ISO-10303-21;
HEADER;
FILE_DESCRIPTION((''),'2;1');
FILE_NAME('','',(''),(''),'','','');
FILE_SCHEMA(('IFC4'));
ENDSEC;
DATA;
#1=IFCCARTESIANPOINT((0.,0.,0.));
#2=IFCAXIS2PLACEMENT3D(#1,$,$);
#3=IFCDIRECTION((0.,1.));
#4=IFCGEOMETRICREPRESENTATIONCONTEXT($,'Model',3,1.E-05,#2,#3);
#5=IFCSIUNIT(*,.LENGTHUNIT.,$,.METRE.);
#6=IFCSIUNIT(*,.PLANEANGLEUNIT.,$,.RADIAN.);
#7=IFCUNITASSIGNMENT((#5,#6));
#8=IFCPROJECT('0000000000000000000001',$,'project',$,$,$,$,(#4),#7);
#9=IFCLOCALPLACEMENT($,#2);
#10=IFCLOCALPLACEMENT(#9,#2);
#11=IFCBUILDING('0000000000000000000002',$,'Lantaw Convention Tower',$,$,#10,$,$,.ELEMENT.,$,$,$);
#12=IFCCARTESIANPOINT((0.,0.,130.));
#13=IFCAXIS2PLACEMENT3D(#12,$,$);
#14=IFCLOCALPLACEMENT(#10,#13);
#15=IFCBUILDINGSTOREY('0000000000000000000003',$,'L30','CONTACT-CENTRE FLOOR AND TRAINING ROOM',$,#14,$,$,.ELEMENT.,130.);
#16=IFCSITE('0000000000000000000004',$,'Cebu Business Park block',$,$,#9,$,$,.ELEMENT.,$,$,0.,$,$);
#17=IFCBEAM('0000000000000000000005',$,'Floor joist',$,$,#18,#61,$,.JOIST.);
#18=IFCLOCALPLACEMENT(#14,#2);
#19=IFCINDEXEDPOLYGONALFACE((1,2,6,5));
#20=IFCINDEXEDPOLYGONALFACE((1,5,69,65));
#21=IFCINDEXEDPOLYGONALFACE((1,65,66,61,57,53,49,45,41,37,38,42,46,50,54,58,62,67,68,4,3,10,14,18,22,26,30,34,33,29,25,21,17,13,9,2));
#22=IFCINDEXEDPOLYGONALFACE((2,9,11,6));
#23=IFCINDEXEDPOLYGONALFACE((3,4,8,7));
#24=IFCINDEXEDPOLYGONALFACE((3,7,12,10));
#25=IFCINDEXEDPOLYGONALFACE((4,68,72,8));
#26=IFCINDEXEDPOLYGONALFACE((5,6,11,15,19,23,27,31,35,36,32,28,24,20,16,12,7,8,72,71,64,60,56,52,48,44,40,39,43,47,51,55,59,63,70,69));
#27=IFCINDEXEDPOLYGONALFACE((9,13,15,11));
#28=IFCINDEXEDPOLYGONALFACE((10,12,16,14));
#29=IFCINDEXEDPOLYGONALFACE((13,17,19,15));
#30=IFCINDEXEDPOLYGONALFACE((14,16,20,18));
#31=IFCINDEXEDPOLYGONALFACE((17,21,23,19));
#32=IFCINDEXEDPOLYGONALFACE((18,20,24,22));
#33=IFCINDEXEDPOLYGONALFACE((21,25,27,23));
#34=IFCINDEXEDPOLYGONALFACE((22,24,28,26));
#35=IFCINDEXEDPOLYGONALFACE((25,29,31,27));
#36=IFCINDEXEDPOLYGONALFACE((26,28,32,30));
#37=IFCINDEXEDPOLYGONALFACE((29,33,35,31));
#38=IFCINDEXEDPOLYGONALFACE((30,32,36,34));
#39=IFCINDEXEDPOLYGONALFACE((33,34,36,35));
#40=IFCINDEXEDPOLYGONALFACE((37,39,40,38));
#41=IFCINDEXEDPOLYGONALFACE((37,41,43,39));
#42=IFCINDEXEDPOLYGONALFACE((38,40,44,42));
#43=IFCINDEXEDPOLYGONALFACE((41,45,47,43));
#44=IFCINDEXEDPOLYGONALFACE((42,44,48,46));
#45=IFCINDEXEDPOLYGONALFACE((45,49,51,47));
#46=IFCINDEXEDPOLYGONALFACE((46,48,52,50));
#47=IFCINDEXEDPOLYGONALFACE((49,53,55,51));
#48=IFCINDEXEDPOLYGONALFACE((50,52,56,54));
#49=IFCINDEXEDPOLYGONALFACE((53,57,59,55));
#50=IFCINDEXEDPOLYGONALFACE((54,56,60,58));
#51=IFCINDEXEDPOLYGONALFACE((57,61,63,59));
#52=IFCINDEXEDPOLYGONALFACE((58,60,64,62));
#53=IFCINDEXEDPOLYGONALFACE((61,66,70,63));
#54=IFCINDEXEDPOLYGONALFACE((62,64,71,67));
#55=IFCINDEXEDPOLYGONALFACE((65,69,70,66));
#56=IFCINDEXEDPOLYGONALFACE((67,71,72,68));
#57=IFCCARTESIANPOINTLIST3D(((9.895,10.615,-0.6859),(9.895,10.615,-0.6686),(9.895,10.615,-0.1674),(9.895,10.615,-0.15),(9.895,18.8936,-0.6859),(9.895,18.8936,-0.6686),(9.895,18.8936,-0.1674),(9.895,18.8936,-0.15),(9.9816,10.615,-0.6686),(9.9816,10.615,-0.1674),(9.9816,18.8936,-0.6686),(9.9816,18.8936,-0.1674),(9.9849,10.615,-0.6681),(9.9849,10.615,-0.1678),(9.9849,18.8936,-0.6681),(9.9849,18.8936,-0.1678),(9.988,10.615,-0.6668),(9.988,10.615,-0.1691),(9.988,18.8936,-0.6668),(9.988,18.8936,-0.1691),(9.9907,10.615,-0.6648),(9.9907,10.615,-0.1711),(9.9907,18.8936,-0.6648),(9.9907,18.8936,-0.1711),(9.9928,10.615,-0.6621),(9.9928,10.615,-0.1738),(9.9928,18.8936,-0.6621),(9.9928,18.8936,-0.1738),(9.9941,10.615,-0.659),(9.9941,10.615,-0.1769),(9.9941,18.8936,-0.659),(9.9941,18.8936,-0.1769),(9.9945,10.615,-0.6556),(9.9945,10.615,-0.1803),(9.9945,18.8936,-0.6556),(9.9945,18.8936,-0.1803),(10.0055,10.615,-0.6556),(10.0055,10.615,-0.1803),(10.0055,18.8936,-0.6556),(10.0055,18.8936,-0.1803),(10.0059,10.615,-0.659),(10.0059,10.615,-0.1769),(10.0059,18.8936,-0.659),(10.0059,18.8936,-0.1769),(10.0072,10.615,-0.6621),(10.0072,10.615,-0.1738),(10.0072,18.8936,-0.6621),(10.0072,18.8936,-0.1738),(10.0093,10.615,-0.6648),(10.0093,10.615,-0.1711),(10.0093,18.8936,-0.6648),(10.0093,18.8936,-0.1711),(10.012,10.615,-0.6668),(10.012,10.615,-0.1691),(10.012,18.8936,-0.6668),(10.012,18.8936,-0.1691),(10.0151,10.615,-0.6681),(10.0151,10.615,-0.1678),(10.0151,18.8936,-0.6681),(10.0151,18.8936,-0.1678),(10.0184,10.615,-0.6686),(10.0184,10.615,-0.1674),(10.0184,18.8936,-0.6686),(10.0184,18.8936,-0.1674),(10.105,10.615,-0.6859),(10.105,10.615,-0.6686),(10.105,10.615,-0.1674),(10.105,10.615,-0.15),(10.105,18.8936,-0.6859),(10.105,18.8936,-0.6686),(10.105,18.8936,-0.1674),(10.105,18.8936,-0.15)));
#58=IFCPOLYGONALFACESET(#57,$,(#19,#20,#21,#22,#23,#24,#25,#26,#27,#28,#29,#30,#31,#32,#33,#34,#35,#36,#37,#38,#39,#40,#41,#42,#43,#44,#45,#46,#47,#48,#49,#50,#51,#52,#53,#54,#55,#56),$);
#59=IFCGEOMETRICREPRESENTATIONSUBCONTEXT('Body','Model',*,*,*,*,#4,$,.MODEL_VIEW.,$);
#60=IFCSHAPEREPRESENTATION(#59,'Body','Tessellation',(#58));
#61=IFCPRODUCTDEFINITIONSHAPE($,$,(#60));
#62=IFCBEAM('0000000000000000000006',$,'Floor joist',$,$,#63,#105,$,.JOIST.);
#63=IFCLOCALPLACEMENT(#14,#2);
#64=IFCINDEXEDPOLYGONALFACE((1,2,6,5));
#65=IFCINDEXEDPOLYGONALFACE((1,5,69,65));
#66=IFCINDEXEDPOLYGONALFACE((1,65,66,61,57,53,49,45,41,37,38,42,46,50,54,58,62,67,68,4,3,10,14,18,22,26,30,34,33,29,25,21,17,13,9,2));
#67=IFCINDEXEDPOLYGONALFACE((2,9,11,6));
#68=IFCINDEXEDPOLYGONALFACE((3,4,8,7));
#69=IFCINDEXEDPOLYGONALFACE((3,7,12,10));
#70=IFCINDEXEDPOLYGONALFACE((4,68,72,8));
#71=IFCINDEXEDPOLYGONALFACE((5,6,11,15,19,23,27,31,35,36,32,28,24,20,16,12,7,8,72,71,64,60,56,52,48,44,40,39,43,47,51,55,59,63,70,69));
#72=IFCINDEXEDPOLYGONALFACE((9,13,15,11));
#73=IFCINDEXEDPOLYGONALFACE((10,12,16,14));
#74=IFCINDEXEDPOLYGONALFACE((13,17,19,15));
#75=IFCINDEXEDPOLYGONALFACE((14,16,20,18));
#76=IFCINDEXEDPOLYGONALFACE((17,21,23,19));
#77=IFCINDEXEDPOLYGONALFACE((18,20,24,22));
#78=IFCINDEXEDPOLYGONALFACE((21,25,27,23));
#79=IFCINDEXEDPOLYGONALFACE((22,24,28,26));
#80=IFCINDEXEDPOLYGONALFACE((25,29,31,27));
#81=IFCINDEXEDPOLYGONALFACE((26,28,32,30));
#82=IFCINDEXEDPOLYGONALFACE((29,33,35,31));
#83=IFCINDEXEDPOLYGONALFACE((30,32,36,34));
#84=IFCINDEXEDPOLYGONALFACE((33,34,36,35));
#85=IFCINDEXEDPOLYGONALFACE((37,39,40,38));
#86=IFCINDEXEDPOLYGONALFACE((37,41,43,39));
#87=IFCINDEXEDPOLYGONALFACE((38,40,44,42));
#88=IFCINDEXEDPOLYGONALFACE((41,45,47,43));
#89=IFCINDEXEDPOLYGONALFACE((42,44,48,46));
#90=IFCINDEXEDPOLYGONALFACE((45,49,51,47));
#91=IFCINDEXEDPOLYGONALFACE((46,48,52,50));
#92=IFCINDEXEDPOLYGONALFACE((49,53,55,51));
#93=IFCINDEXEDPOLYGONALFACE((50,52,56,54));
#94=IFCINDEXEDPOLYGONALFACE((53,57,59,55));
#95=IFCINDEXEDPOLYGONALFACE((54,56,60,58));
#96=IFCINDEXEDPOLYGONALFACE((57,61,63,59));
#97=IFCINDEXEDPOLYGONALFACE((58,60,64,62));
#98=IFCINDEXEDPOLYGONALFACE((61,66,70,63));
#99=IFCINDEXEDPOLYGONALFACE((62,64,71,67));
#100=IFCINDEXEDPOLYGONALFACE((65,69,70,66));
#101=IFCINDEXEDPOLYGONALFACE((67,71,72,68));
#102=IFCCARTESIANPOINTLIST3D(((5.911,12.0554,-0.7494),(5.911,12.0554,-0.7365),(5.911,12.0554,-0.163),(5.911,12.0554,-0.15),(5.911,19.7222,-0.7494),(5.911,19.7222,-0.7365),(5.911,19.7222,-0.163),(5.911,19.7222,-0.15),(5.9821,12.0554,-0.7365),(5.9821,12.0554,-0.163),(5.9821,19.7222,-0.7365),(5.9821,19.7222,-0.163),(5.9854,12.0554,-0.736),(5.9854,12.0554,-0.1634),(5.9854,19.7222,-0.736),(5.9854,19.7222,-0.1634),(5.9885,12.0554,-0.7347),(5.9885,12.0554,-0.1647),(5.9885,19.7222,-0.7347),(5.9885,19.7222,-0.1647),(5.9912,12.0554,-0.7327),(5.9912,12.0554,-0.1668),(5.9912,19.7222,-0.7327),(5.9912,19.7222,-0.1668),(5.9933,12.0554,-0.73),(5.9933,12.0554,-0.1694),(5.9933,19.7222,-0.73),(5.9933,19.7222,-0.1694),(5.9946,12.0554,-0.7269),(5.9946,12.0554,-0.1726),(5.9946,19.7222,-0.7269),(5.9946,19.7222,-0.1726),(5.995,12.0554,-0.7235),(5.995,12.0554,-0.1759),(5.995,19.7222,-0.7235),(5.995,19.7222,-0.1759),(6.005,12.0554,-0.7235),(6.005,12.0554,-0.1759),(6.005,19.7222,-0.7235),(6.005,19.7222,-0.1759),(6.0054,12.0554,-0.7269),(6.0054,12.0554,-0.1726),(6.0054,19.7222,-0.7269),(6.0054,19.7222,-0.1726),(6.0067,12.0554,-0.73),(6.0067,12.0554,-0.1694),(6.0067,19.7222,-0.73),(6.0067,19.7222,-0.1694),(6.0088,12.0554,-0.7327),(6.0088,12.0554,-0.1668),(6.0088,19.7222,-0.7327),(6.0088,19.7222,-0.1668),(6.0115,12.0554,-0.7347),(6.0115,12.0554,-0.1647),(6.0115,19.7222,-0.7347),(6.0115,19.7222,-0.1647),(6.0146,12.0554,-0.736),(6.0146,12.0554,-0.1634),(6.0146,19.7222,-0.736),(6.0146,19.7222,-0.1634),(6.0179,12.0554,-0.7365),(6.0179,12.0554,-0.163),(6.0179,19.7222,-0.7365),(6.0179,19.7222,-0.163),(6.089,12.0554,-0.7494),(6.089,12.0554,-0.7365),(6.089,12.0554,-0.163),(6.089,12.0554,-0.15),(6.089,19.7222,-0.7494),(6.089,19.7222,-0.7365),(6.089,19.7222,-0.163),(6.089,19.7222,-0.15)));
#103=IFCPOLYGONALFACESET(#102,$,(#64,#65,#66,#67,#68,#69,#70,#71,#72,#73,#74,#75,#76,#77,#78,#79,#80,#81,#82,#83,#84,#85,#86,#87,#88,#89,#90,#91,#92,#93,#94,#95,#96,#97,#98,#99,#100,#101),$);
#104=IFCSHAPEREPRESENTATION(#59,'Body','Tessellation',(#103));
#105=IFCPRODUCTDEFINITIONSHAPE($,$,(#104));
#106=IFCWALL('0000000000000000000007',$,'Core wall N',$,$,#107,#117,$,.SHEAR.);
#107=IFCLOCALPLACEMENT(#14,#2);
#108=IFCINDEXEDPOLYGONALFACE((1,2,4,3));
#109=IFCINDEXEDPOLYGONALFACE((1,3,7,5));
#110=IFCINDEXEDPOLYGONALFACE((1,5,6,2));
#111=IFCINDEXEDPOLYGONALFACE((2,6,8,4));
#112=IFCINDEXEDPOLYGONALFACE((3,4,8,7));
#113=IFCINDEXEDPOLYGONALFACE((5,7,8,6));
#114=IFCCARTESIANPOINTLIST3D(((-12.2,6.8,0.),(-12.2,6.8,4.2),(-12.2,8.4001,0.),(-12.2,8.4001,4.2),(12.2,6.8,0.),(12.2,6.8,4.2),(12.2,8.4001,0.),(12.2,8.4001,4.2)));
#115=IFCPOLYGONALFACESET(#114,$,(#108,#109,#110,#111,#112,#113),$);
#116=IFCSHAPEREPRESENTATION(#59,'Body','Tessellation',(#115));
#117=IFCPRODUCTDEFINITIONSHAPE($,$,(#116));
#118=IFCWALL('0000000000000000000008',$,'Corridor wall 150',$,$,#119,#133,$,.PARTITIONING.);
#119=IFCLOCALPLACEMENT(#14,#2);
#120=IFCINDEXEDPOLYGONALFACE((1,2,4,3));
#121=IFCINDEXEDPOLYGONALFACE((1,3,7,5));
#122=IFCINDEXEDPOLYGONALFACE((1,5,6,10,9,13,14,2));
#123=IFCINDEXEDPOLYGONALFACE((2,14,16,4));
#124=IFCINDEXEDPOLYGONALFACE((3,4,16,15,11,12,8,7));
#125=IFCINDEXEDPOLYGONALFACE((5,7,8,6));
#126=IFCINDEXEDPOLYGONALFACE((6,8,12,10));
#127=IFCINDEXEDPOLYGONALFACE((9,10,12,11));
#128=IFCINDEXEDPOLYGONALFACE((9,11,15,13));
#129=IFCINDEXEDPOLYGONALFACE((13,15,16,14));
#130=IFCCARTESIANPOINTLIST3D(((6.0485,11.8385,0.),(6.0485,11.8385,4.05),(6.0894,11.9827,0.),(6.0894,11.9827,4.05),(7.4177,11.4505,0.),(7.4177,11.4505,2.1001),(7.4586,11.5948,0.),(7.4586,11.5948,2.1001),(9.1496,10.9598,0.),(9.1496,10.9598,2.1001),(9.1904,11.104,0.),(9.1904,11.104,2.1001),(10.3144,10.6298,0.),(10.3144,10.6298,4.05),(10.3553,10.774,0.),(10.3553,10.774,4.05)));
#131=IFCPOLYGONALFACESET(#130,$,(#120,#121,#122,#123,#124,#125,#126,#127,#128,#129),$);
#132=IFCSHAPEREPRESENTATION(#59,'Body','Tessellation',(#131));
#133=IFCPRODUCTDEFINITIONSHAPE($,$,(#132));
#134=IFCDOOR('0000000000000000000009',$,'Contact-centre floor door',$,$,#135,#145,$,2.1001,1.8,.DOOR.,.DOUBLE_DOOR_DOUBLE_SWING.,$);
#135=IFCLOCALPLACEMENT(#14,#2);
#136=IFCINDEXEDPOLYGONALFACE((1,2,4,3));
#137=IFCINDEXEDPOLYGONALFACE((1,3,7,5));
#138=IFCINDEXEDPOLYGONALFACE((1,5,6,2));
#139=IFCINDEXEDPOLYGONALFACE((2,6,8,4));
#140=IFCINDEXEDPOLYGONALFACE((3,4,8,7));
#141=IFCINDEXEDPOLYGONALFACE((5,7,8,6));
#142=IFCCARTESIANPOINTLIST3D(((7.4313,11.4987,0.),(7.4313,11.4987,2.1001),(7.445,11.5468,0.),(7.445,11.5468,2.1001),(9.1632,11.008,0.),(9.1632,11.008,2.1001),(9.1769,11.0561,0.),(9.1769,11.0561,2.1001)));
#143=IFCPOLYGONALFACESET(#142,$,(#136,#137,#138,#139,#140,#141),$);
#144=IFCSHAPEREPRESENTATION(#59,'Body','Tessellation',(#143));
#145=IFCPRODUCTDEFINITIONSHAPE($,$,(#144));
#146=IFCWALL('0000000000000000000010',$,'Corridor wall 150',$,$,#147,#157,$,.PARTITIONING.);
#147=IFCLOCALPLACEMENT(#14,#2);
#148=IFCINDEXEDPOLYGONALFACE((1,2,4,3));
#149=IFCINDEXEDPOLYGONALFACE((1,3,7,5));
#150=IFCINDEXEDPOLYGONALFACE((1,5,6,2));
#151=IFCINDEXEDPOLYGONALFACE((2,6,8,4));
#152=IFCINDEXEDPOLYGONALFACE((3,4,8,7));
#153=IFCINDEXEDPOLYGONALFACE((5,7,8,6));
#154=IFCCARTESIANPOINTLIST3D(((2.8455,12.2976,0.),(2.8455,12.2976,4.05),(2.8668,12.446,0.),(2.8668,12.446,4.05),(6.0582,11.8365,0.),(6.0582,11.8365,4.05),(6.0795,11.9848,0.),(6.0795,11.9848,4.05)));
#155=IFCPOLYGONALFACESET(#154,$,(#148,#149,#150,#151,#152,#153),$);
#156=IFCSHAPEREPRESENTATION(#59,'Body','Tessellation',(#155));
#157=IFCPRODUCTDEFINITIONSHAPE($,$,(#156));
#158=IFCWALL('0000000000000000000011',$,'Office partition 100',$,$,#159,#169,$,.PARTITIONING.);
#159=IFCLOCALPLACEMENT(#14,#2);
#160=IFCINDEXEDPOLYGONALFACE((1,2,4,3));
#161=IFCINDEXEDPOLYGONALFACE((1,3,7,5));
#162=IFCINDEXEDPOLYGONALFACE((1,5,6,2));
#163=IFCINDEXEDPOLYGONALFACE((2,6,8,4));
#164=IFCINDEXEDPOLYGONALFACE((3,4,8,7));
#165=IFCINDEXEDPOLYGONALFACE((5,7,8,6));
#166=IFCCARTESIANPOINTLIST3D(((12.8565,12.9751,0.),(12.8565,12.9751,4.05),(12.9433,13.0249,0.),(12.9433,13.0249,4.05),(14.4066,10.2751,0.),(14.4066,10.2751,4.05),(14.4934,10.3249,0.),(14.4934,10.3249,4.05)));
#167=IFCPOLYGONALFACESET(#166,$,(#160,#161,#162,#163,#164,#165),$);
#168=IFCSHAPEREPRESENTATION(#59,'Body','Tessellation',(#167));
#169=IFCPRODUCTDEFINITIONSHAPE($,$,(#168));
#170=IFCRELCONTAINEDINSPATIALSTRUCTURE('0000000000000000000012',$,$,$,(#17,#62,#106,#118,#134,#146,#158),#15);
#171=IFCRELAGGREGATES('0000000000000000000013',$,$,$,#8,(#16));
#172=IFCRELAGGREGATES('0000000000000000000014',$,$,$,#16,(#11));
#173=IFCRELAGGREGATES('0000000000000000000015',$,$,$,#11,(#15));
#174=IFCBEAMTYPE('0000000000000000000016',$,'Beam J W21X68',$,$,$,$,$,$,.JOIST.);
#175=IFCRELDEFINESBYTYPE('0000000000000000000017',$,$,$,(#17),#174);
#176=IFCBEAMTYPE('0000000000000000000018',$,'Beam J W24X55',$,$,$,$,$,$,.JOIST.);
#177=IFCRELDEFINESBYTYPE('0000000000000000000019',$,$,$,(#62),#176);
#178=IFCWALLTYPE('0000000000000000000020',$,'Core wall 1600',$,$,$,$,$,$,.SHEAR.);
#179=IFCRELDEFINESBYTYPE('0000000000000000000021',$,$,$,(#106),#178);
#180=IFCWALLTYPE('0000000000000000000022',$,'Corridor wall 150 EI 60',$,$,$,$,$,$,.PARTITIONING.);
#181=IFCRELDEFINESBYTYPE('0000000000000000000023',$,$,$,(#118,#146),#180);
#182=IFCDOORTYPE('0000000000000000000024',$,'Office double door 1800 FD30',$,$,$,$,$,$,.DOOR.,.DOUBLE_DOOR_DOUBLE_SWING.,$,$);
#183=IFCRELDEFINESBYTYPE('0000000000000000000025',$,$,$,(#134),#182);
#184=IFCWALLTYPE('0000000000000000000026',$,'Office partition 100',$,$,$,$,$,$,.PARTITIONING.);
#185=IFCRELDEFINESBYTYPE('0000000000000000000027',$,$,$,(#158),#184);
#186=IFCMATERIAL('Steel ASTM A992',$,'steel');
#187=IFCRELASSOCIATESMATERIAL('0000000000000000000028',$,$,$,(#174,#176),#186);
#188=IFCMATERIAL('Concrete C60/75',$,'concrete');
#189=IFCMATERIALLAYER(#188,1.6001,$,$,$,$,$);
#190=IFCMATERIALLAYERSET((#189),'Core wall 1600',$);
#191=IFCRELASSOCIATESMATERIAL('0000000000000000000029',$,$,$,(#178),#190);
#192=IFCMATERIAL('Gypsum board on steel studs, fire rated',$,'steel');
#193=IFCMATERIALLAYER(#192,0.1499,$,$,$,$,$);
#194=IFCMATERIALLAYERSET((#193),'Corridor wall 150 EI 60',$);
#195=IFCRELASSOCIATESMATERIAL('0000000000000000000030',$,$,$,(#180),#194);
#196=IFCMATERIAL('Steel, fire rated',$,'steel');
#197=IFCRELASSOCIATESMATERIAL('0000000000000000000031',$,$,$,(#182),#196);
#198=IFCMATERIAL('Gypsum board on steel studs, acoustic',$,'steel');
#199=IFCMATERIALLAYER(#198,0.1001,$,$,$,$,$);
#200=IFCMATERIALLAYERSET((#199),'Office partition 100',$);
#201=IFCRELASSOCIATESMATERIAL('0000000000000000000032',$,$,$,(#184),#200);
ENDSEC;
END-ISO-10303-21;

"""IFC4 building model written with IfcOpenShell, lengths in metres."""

from ifc_helpers import new_model, si_unit, direction, frame, frame_2d, origin, origin_2d, place, context, subcontext, project, spatial, rectangle, i_section, extrude, material, layer, layer_set, material_profile, profile_set, type_object, element, fill, save


model = new_model("IFC4")

# Units and contexts
model_context = context("Model", 3, precision=1e-05, world=origin(), true_north=direction((0.0, 1.0)))
body_context = subcontext(model_context, "Body", "Model", "MODEL_VIEW")
ifc_project = project(units=[si_unit("LENGTHUNIT", "METRE"), si_unit("PLANEANGLEUNIT", "RADIAN")], contexts=[model_context])

# Site, building, storey
site_placement = place(None, origin())
site = spatial("IfcSite", under=ifc_project, at=site_placement, Name="Cebu Business Park block", CompositionType="ELEMENT", RefElevation=0.0)
building_placement = place(site_placement, origin())
building = spatial("IfcBuilding", under=site, at=building_placement, Name="Lantaw Convention Tower", CompositionType="ELEMENT")
storey_placement = place(building_placement, frame((0.0, 0.0, 130.0)))
storey = spatial("IfcBuildingStorey", under=building, at=storey_placement, Name="L30", Description="CONTACT-CENTRE FLOOR AND TRAINING ROOM", CompositionType="ELEMENT", Elevation=130.0)

# Beams
ifc_material_1 = material(Name="Steel ASTM A992", Category="steel")
ifc_material_profile_1 = material_profile(ifc_material_1, i_section(OverallWidth=0.21, OverallDepth=0.5359, WebThickness=0.011, FlangeThickness=0.0173, FilletRadius=0.0129, at=origin_2d()), Name="W21X68")
ifc_profile_set_1 = profile_set([ifc_material_profile_1], Name="Steel ASTM A992")
beam_type_1 = type_object("IfcBeamType", Name="Beam J W21X68", PredefinedType="JOIST", material=ifc_profile_set_1)
beam_1_placement = place(storey_placement, frame((10.0, 10.615, -0.418), z_axis=(0.0, 1.0, 0.0), x_axis=(-1.0, 0.0, 0.0)))
element("IfcBeam", 1, at=beam_1_placement, inside=storey, type_object=beam_type_1, Name="Floor joist", PredefinedType="JOIST", context=body_context, shape_type="SweptSolid", body=[
    extrude(i_section(OverallWidth=0.21, OverallDepth=0.5359, WebThickness=0.011, FlangeThickness=0.0173, FilletRadius=0.0129, at=origin_2d()), origin(), (0.0, 0.0, 1.0), 8.2786),
])
ifc_material_profile_2 = material_profile(ifc_material_1, i_section(OverallWidth=0.178, OverallDepth=0.5994, WebThickness=0.01, FlangeThickness=0.0129, FilletRadius=0.0129, at=origin_2d()), Name="W24X55")
ifc_profile_set_2 = profile_set([ifc_material_profile_2], Name="Steel ASTM A992")
beam_type_2 = type_object("IfcBeamType", Name="Beam J W24X55", PredefinedType="JOIST", material=ifc_profile_set_2)
beam_2_placement = place(storey_placement, frame((6.0, 12.0554, -0.4497), z_axis=(0.0, 1.0, 0.0), x_axis=(-1.0, 0.0, 0.0)))
element("IfcBeam", 2, at=beam_2_placement, inside=storey, type_object=beam_type_2, Name="Floor joist", PredefinedType="JOIST", context=body_context, shape_type="SweptSolid", body=[
    extrude(i_section(OverallWidth=0.178, OverallDepth=0.5994, WebThickness=0.01, FlangeThickness=0.0129, FilletRadius=0.0129, at=origin_2d()), origin(), (0.0, 0.0, 1.0), 7.6667),
])

# Wall
ifc_material_2 = material(Name="Concrete C60/75", Category="concrete")
ifc_layer_1 = layer(ifc_material_2, 1.6001)
ifc_layer_set_1 = layer_set([ifc_layer_1], Name="Core wall 1600")
wall_type_1 = type_object("IfcWallType", Name="Core wall 1600", PredefinedType="SHEAR", material=ifc_layer_set_1)
wall_1_placement = place(storey_placement, frame((12.2, 7.6001, 0.0), z_axis=(0.0, 0.0, 1.0), x_axis=(-1.0, 0.0, 0.0)))
element("IfcWall", 3, at=wall_1_placement, inside=storey, type_object=wall_type_1, Name="Core wall N", PredefinedType="SHEAR", context=body_context, shape_type="SweptSolid", body=[
    extrude(rectangle(XDim=24.3999, YDim=1.6001, at=frame_2d((12.2, 0.0))), origin(), (0.0, 0.0, 1.0), 4.2),
])

# Wall, opening, door
ifc_material_3 = material(Name="Gypsum board on steel studs, fire rated", Category="steel")
ifc_layer_2 = layer(ifc_material_3, 0.1499)
ifc_layer_set_2 = layer_set([ifc_layer_2], Name="Corridor wall 150 EI 60")
wall_type_2 = type_object("IfcWallType", Name="Corridor wall 150 EI 60", PredefinedType="PARTITIONING", material=ifc_layer_set_2)
wall_2_placement = place(storey_placement, frame((10.3347, 10.7019, 0.0), z_axis=(0.0, 0.0, 1.0), x_axis=(-0.962122, 0.272619, 0.0)))
wall_2 = element("IfcWall", 4, at=wall_2_placement, inside=storey, type_object=wall_type_2, Name="Corridor wall 150", PredefinedType="PARTITIONING", context=body_context, shape_type="SweptSolid", body=[
    extrude(rectangle(XDim=4.4338, YDim=0.1499, at=frame_2d((2.2168, 0.0))), origin(), (0.0, 0.0, 1.0), 4.05),
])
opening_1_placement = place(wall_2_placement, frame((1.2107, 0.0, 0.0)))
opening_1 = element("IfcOpeningElement", 5, at=opening_1_placement, cuts=wall_2, PredefinedType="OPENING", context=body_context, shape_type="SweptSolid", body=[
    extrude(rectangle(XDim=1.8, YDim=2.1001, at=frame_2d((0.8999, 1.05))), frame((0.0, 0.085, 0.0), z_axis=(0.0, -1.0, 0.0), x_axis=(1.0, 0.0, 0.0)), (0.0, 0.0, 1.0), 0.1699),
])
ifc_material_4 = material(Name="Steel, fire rated", Category="steel")
door_type_1 = type_object("IfcDoorType", Name="Office double door 1800 FD30", OperationType="DOUBLE_DOOR_DOUBLE_SWING", PredefinedType="DOOR", material=ifc_material_4)
door_1_placement = place(opening_1_placement, origin())
door_1 = element("IfcDoor", 6, at=door_1_placement, inside=storey, type_object=door_type_1, Name="Contact-centre floor door", OperationType="DOUBLE_DOOR_DOUBLE_SWING", OverallHeight=2.1001, OverallWidth=1.8, PredefinedType="DOOR", context=body_context, shape_type="SweptSolid", body=[
    extrude(rectangle(XDim=1.8, YDim=2.1001, at=frame_2d((0.8999, 1.05))), frame((0.0, 0.0249, 0.0), z_axis=(0.0, -1.0, 0.0), x_axis=(1.0, 0.0, 0.0)), (0.0, 0.0, 1.0), 0.05),
])
fill(opening_1, door_1)

# Walls
wall_3_placement = place(storey_placement, frame((6.0688, 11.9106, 0.0), z_axis=(0.0, 0.0, 1.0), x_axis=(-0.989853, 0.142095, 0.0)))
element("IfcWall", 7, at=wall_3_placement, inside=storey, type_object=wall_type_2, Name="Corridor wall 150", PredefinedType="PARTITIONING", context=body_context, shape_type="SweptSolid", body=[
    extrude(rectangle(XDim=3.2456, YDim=0.1499, at=frame_2d((1.6228, 0.0))), origin(), (0.0, 0.0, 1.0), 4.05),
])
ifc_material_5 = material(Name="Gypsum board on steel studs, acoustic", Category="steel")
ifc_layer_3 = layer(ifc_material_5, 0.1001)
ifc_layer_set_3 = layer_set([ifc_layer_3], Name="Office partition 100")
wall_type_3 = type_object("IfcWallType", Name="Office partition 100", PredefinedType="PARTITIONING", material=ifc_layer_set_3)
wall_4_placement = place(storey_placement, frame((12.8999, 13.0, 0.0), z_axis=(0.0, 0.0, 1.0), x_axis=(0.497886, -0.867242, 0.0)))
element("IfcWall", 8, at=wall_4_placement, inside=storey, type_object=wall_type_3, Name="Office partition 100", PredefinedType="PARTITIONING", context=body_context, shape_type="SweptSolid", body=[
    extrude(rectangle(XDim=3.1133, YDim=0.1001, at=frame_2d((1.5566, 0.0))), origin(), (0.0, 0.0, 1.0), 4.05),
])

save(model, "model.ifc")
